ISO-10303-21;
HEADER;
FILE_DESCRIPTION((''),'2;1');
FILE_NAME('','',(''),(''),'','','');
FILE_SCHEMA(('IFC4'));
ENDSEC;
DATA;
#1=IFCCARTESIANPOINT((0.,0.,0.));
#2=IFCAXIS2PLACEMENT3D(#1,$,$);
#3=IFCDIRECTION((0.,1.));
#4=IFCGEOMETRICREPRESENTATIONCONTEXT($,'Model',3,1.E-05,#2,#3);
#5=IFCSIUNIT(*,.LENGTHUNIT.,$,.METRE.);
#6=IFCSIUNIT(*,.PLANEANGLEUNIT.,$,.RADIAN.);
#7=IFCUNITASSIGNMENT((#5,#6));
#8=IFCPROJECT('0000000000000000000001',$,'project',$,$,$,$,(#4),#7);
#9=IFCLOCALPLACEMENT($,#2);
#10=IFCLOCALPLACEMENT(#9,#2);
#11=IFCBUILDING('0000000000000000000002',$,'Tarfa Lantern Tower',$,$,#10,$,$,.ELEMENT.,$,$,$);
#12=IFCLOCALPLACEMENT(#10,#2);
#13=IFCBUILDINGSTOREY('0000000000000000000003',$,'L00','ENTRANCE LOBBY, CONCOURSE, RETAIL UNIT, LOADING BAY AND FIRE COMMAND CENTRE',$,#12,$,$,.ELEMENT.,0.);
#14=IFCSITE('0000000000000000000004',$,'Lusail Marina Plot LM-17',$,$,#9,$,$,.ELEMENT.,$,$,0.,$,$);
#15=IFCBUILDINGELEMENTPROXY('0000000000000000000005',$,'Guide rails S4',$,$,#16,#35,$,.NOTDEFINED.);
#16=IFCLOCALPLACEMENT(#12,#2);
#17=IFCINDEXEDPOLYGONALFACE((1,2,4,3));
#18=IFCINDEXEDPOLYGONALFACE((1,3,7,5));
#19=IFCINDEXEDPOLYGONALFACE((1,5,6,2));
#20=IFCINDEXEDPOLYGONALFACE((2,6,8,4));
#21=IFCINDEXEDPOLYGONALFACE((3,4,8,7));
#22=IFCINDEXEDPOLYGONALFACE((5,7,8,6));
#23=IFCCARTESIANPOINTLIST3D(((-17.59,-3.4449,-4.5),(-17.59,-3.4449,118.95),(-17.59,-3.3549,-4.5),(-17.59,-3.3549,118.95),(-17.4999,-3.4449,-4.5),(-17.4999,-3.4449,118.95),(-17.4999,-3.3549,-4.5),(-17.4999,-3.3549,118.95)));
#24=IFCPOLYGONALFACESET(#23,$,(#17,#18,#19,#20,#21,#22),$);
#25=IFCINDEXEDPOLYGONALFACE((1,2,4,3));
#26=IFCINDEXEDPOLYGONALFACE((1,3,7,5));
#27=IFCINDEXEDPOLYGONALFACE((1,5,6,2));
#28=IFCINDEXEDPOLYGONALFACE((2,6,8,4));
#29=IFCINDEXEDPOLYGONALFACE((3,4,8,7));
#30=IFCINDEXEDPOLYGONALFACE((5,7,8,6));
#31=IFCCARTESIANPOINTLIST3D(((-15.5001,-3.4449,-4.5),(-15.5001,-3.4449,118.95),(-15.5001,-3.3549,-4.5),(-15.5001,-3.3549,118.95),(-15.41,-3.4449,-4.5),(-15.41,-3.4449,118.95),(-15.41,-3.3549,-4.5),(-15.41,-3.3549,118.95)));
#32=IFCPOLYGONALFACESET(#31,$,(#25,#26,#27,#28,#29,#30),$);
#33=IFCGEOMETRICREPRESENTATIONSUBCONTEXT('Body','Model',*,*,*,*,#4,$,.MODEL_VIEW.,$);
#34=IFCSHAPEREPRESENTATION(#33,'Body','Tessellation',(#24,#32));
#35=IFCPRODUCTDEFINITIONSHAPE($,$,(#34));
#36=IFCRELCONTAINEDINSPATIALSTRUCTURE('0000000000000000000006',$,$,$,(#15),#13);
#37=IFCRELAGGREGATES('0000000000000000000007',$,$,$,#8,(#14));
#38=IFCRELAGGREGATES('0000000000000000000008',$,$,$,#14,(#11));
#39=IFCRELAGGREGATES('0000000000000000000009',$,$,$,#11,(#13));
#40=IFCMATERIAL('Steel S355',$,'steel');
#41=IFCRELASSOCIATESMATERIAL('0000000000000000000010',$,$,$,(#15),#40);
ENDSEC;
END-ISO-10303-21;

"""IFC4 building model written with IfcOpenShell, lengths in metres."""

from ifc_helpers import new_model, si_unit, direction, frame, frame_2d, origin, origin_2d, place, context, subcontext, project, spatial, rectangle, extrude, material, element, save


model = new_model("IFC4")

# Units and contexts
model_context = context("Model", 3, precision=1e-05, world=origin(), true_north=direction((0.0, 1.0)))
body_context = subcontext(model_context, "Body", "Model", "MODEL_VIEW")
ifc_project = project(units=[si_unit("LENGTHUNIT", "METRE"), si_unit("PLANEANGLEUNIT", "RADIAN")], contexts=[model_context])

# Site, building, storey
site_placement = place(None, origin())
site = spatial("IfcSite", under=ifc_project, at=site_placement, Name="Lusail Marina Plot LM-17", CompositionType="ELEMENT", RefElevation=0.0)
building_placement = place(site_placement, origin())
building = spatial("IfcBuilding", under=site, at=building_placement, Name="Tarfa Lantern Tower", CompositionType="ELEMENT")
storey_placement = place(building_placement, origin())
storey = spatial("IfcBuildingStorey", under=building, at=storey_placement, Name="L00", Description="ENTRANCE LOBBY, CONCOURSE, RETAIL UNIT, LOADING BAY AND FIRE COMMAND CENTRE", CompositionType="ELEMENT", Elevation=0.0)

# Building element proxy
ifc_material_1 = material(Name="Steel S355", Category="steel")
proxy_placement = place(storey_placement, frame((-17.5449, -3.3999, -4.5), z_axis=(0.0, 0.0, 1.0), x_axis=(1.0, 0.0, 0.0)))
element("IfcBuildingElementProxy", 1, at=proxy_placement, inside=storey, material=ifc_material_1, Name="Guide rails S4", PredefinedType="NOTDEFINED", context=body_context, shape_type="SweptSolid", body=[
    extrude(rectangle(XDim=0.0901, YDim=0.0901, at=origin_2d()), origin(), (0.0, 0.0, 1.0), 123.45),
    extrude(rectangle(XDim=0.0901, YDim=0.0901, at=frame_2d((2.0898, 0.0))), origin(), (0.0, 0.0, 1.0), 123.45),
])

save(model, "model.ifc")
